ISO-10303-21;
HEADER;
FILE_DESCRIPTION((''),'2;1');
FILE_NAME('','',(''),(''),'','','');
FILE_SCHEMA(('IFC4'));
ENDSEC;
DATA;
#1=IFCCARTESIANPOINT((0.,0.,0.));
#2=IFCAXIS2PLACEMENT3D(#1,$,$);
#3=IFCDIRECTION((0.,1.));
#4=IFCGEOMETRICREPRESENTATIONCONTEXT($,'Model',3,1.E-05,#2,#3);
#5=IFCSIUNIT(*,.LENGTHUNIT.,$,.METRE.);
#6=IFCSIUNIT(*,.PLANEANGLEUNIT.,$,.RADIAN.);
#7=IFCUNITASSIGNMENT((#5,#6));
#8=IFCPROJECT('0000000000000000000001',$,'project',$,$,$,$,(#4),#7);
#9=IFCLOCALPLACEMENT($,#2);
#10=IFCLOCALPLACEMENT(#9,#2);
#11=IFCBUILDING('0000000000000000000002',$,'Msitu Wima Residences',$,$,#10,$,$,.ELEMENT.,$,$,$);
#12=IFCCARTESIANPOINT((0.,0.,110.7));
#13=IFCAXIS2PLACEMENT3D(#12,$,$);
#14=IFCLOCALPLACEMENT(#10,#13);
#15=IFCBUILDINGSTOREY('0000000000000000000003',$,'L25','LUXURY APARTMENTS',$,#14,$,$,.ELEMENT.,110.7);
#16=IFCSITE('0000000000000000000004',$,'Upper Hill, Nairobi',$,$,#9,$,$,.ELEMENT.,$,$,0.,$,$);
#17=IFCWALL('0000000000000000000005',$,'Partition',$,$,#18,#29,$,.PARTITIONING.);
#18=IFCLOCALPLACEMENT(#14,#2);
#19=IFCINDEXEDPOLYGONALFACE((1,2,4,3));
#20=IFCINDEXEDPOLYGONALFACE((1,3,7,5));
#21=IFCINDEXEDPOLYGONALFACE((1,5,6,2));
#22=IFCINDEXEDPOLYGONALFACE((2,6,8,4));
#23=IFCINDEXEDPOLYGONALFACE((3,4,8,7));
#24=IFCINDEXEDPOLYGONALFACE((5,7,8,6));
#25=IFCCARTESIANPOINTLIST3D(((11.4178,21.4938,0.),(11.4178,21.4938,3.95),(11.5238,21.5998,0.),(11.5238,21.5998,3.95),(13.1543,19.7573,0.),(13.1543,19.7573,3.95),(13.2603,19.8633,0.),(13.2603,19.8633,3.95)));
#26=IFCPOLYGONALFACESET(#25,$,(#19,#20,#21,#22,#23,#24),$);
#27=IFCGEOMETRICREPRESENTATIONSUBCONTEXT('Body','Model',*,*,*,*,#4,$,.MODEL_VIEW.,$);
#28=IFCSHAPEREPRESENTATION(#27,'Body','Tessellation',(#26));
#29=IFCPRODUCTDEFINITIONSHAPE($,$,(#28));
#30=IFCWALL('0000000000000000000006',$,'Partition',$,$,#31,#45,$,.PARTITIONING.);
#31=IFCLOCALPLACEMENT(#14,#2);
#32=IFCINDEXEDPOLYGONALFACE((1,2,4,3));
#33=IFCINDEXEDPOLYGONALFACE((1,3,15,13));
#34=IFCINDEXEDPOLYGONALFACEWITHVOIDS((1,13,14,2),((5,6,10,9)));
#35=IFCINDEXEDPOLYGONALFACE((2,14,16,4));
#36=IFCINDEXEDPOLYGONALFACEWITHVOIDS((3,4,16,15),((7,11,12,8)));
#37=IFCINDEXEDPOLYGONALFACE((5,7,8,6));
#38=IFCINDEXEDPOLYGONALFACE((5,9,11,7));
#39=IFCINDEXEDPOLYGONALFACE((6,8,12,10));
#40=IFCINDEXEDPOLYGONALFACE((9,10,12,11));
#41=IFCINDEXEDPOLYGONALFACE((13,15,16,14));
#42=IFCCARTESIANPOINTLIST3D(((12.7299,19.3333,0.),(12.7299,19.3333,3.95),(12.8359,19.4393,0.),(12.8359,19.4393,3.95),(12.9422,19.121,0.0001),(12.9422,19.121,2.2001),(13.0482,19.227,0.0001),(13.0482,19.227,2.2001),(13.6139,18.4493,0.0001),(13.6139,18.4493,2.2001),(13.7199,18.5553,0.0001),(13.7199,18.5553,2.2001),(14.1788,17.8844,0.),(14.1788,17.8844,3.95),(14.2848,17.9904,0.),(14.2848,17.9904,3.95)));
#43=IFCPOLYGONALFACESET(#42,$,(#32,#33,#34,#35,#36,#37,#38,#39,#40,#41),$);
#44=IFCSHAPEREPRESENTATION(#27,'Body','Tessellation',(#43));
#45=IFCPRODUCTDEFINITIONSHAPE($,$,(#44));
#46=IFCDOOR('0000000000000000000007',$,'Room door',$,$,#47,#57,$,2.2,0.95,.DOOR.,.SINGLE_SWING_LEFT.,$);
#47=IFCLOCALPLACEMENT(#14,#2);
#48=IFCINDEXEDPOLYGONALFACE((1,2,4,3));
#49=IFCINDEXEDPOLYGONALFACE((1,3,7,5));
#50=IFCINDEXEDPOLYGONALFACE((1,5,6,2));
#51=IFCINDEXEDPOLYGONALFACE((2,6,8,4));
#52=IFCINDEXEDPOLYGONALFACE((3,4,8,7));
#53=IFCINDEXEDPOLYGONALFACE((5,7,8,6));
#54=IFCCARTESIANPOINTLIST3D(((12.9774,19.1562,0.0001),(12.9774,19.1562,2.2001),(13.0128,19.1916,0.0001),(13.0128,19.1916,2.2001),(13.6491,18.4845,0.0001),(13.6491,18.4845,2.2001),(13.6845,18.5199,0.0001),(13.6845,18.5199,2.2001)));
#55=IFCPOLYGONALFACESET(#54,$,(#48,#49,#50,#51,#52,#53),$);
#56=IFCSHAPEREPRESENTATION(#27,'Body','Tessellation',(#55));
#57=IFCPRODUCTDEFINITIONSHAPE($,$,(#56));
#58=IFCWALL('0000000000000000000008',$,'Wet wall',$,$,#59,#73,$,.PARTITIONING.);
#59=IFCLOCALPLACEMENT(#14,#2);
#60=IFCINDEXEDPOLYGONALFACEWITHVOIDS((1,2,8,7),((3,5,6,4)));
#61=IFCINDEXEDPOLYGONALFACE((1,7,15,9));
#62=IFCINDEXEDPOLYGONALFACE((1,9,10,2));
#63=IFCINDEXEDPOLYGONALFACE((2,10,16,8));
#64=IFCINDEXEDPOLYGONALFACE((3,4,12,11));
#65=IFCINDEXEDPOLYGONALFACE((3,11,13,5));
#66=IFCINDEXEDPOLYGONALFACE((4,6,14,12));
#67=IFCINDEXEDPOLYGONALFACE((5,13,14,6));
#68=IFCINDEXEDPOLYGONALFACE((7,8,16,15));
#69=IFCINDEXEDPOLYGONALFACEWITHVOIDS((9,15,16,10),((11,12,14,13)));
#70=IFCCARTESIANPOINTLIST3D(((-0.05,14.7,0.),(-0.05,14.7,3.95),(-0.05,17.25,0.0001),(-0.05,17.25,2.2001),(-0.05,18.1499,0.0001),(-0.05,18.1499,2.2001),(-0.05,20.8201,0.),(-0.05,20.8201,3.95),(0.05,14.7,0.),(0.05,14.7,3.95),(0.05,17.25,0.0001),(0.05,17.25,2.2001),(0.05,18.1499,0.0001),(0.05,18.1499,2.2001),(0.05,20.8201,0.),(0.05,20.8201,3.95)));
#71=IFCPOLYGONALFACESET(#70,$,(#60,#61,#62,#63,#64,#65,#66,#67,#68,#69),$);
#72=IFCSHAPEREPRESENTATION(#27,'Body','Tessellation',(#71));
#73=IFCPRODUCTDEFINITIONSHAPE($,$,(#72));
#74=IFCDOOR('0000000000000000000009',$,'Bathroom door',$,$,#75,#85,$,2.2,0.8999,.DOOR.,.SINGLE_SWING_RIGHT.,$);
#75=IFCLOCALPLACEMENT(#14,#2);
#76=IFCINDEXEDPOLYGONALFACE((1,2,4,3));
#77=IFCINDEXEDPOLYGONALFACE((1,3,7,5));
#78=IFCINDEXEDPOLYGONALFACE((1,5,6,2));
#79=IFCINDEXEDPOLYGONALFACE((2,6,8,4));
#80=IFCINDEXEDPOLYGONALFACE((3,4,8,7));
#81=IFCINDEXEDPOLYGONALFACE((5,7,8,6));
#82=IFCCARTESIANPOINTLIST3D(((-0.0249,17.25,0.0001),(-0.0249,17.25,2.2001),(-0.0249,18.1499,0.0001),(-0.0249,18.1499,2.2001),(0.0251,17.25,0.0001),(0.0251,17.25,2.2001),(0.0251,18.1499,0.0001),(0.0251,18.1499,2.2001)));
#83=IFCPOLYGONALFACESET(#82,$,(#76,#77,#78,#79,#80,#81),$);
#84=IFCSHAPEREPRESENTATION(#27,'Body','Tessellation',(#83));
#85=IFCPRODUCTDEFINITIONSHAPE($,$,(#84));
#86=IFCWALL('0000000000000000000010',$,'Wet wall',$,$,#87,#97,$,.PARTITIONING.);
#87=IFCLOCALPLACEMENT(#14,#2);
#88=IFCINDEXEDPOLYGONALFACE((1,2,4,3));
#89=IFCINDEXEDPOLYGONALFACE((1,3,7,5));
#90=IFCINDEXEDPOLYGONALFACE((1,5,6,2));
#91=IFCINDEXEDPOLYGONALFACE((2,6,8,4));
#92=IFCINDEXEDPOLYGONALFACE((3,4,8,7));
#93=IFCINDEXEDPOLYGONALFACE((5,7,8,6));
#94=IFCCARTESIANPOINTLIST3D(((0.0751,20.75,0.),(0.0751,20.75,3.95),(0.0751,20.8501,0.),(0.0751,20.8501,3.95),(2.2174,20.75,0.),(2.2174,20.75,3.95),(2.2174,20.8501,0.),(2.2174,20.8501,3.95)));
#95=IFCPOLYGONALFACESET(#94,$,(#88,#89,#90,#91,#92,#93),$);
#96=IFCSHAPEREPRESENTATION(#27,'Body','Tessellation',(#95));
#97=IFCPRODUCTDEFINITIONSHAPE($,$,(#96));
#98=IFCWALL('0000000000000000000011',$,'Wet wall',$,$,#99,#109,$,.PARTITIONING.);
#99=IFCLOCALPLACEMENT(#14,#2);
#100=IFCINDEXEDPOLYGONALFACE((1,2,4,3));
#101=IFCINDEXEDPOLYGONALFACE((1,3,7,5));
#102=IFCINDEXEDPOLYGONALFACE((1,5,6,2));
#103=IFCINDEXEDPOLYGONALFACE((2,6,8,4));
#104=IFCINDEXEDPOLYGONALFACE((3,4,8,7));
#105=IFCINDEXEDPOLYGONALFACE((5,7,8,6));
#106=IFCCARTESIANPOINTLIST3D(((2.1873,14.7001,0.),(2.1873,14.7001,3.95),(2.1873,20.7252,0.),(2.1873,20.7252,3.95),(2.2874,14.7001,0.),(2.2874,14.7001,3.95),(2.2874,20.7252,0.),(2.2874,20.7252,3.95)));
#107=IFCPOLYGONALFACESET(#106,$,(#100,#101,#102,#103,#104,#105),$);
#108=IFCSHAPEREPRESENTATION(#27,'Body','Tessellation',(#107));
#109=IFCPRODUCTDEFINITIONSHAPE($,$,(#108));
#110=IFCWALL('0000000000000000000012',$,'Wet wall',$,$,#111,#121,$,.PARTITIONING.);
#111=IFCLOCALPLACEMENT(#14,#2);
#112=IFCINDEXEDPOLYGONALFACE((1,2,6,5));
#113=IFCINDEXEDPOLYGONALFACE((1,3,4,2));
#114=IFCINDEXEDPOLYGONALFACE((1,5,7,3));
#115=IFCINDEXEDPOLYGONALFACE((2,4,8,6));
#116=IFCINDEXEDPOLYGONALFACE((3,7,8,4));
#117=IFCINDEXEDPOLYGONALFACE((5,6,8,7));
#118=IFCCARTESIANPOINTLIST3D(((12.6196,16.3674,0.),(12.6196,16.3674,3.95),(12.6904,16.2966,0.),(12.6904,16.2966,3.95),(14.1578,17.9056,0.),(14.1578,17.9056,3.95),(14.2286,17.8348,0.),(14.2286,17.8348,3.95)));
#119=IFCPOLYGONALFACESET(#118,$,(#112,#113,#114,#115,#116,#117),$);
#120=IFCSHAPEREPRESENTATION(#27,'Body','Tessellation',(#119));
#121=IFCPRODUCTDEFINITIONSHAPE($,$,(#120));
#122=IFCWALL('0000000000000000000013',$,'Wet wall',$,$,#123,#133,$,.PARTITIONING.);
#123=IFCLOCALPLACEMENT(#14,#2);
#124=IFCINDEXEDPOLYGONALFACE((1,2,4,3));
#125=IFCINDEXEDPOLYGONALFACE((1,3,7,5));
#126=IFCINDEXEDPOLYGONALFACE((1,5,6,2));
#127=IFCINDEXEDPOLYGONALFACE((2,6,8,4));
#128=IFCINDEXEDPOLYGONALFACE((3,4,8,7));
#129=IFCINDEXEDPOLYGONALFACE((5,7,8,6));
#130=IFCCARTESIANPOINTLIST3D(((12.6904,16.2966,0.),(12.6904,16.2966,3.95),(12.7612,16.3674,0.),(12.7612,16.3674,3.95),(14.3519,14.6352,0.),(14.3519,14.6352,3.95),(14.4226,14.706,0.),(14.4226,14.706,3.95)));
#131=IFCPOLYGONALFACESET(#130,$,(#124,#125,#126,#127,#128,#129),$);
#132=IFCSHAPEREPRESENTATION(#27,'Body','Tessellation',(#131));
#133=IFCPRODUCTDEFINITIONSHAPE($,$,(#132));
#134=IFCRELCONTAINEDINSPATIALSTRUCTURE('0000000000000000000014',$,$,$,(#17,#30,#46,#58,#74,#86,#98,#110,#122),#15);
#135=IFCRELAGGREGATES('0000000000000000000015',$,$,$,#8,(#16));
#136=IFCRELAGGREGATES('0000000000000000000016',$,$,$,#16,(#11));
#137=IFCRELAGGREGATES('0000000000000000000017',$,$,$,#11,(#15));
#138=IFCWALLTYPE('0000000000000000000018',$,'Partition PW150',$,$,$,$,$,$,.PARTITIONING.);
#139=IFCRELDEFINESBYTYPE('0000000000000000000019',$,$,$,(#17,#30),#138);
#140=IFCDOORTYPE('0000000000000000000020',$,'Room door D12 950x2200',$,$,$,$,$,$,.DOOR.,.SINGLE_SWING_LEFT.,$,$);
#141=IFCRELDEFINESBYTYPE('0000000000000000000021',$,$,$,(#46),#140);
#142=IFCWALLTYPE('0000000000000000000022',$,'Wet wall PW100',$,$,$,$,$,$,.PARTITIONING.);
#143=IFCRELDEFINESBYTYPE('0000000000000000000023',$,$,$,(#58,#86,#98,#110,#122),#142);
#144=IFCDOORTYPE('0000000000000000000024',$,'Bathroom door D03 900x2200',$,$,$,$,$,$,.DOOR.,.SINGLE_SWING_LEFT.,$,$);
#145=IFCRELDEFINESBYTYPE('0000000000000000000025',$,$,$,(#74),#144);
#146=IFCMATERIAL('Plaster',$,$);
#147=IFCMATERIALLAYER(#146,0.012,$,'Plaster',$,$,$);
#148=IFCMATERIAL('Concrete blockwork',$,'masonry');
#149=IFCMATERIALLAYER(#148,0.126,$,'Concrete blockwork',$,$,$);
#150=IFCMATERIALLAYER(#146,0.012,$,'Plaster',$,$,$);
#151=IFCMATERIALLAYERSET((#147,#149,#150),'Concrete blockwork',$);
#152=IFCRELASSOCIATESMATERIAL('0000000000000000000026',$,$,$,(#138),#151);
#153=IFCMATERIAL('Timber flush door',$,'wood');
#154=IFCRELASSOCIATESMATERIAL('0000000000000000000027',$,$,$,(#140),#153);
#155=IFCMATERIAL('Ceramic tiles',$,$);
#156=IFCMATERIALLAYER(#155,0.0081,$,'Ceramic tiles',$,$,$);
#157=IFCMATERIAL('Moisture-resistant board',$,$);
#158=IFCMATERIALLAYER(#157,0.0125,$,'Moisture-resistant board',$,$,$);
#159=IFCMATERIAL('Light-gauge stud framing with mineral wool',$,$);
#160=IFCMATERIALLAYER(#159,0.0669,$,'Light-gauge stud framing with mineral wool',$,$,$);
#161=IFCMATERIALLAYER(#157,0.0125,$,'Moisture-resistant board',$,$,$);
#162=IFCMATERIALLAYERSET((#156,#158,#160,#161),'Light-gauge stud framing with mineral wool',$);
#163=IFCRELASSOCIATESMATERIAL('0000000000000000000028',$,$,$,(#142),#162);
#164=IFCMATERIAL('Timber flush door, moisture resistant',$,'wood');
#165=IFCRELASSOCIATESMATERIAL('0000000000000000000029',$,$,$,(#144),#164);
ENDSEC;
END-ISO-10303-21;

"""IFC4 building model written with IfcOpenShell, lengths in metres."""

from ifc_helpers import new_model, si_unit, direction, frame, frame_2d, origin, place, context, subcontext, project, spatial, rectangle, extrude, material, layer, layer_set, type_object, element, fill, save


model = new_model("IFC4")

# Units and contexts
model_context = context("Model", 3, precision=1e-05, world=origin(), true_north=direction((0.0, 1.0)))
body_context = subcontext(model_context, "Body", "Model", "MODEL_VIEW")
ifc_project = project(units=[si_unit("LENGTHUNIT", "METRE"), si_unit("PLANEANGLEUNIT", "RADIAN")], contexts=[model_context])

# Site, building, storey
site_placement = place(None, origin())
site = spatial("IfcSite", under=ifc_project, at=site_placement, Name="Upper Hill, Nairobi", CompositionType="ELEMENT", RefElevation=0.0)
building_placement = place(site_placement, origin())
building = spatial("IfcBuilding", under=site, at=building_placement, Name="Msitu Wima Residences", CompositionType="ELEMENT")
storey_placement = place(building_placement, frame((0.0, 0.0, 110.7)))
storey = spatial("IfcBuildingStorey", under=building, at=storey_placement, Name="L25", Description="LUXURY APARTMENTS", CompositionType="ELEMENT", Elevation=110.7)

# Shared definitions
ifc_material_1 = material(Name="Plaster")
ifc_layer_1 = layer(ifc_material_1, 0.012, Name="Plaster")
ifc_material_2 = material(Name="Concrete blockwork", Category="masonry")
ifc_layer_2 = layer(ifc_material_2, 0.126, Name="Concrete blockwork")
ifc_layer_3 = layer(ifc_material_1, 0.012, Name="Plaster")
ifc_layer_set_1 = layer_set([ifc_layer_1, ifc_layer_2, ifc_layer_3], Name="Concrete blockwork")
wall_type_1 = type_object("IfcWallType", Name="Partition PW150", PredefinedType="PARTITIONING", material=ifc_layer_set_1)
ifc_material_3 = material(Name="Timber flush door", Category="wood")
door_type_1 = type_object("IfcDoorType", Name="Room door D12 950x2200", OperationType="SINGLE_SWING_LEFT", PredefinedType="DOOR", material=ifc_material_3)

# Wall
wall_1_placement = place(storey_placement, frame((11.4707, 21.5469, 0.0), z_axis=(0.0, 0.0, 1.0), x_axis=(0.707107, -0.707107, 0.0)))
element("IfcWall", 1, at=wall_1_placement, inside=storey, type_object=wall_type_1, Name="Partition", PredefinedType="PARTITIONING", context=body_context, shape_type="SweptSolid", body=[
    extrude(rectangle(XDim=2.4558, YDim=0.1499, at=frame_2d((1.228, 0.0))), origin(), (0.0, 0.0, 1.0), 3.95),
])

# Walls, openings, doors
wall_2_placement = place(storey_placement, frame((12.783, 19.3862, 0.0), z_axis=(0.0, 0.0, 1.0), x_axis=(0.707107, -0.707107, 0.0)))
wall_2 = element("IfcWall", 2, at=wall_2_placement, inside=storey, type_object=wall_type_1, Name="Partition", PredefinedType="PARTITIONING", context=body_context, shape_type="SweptSolid", body=[
    extrude(rectangle(XDim=2.0491, YDim=0.1499, at=frame_2d((1.0244, 0.0))), origin(), (0.0, 0.0, 1.0), 3.95),
])
opening_1_placement = place(wall_2_placement, frame((0.3, 0.0, 0.0)))
opening_1 = element("IfcOpeningElement", 3, at=opening_1_placement, cuts=wall_2, PredefinedType="OPENING", context=body_context, shape_type="SweptSolid", body=[
    extrude(rectangle(XDim=0.95, YDim=2.2, at=frame_2d((0.4751, 1.1001))), frame((0.0, 0.085, 0.0), z_axis=(0.0, -1.0, 0.0), x_axis=(1.0, 0.0, 0.0)), (0.0, 0.0, 1.0), 0.1699),
])
door_1_placement = place(opening_1_placement, origin())
door_1 = element("IfcDoor", 4, at=door_1_placement, inside=storey, type_object=door_type_1, Name="Room door", OperationType="SINGLE_SWING_LEFT", OverallHeight=2.2, OverallWidth=0.95, PredefinedType="DOOR", context=body_context, shape_type="SweptSolid", body=[
    extrude(rectangle(XDim=0.95, YDim=2.2, at=frame_2d((0.4751, 1.1001))), frame((0.0, 0.0249, 0.0), z_axis=(0.0, -1.0, 0.0), x_axis=(1.0, 0.0, 0.0)), (0.0, 0.0, 1.0), 0.05),
])
fill(opening_1, door_1)
ifc_material_4 = material(Name="Ceramic tiles")
ifc_layer_4 = layer(ifc_material_4, 0.0081, Name="Ceramic tiles")
ifc_material_5 = material(Name="Moisture-resistant board")
ifc_layer_5 = layer(ifc_material_5, 0.0125, Name="Moisture-resistant board")
ifc_material_6 = material(Name="Light-gauge stud framing with mineral wool")
ifc_layer_6 = layer(ifc_material_6, 0.0669, Name="Light-gauge stud framing with mineral wool")
ifc_layer_7 = layer(ifc_material_5, 0.0125, Name="Moisture-resistant board")
ifc_layer_set_2 = layer_set([ifc_layer_4, ifc_layer_5, ifc_layer_6, ifc_layer_7], Name="Light-gauge stud framing with mineral wool")
wall_type_2 = type_object("IfcWallType", Name="Wet wall PW100", PredefinedType="PARTITIONING", material=ifc_layer_set_2)
wall_3_placement = place(storey_placement, frame((0.0, 14.7, 0.0), z_axis=(0.0, 0.0, 1.0), x_axis=(0.0, 1.0, 0.0)))
wall_3 = element("IfcWall", 5, at=wall_3_placement, inside=storey, type_object=wall_type_2, Name="Wet wall", PredefinedType="PARTITIONING", context=body_context, shape_type="SweptSolid", body=[
    extrude(rectangle(XDim=6.1201, YDim=0.1001, at=frame_2d((3.0601, 0.0))), origin(), (0.0, 0.0, 1.0), 3.95),
])
opening_2_placement = place(wall_3_placement, frame((2.55, 0.0, 0.0)))
opening_2 = element("IfcOpeningElement", 6, at=opening_2_placement, cuts=wall_3, PredefinedType="OPENING", context=body_context, shape_type="SweptSolid", body=[
    extrude(rectangle(XDim=0.8999, YDim=2.2, at=frame_2d((0.45, 1.1001))), frame((0.0, 0.0601, 0.0), z_axis=(0.0, -1.0, 0.0), x_axis=(1.0, 0.0, 0.0)), (0.0, 0.0, 1.0), 0.1201),
])
ifc_material_7 = material(Name="Timber flush door, moisture resistant", Category="wood")
door_type_2 = type_object("IfcDoorType", Name="Bathroom door D03 900x2200", OperationType="SINGLE_SWING_LEFT", PredefinedType="DOOR", material=ifc_material_7)
door_2_placement = place(opening_2_placement, origin())
door_2 = element("IfcDoor", 7, at=door_2_placement, inside=storey, type_object=door_type_2, Name="Bathroom door", OperationType="SINGLE_SWING_RIGHT", OverallHeight=2.2, OverallWidth=0.8999, PredefinedType="DOOR", context=body_context, shape_type="SweptSolid", body=[
    extrude(rectangle(XDim=0.8999, YDim=2.2, at=frame_2d((0.45, 1.1001))), frame((0.0, 0.0249, 0.0), z_axis=(0.0, -1.0, 0.0), x_axis=(1.0, 0.0, 0.0)), (0.0, 0.0, 1.0), 0.05),
])
fill(opening_2, door_2)

# Walls
wall_4_placement = place(storey_placement, frame((0.075, 20.8, 0.0), z_axis=(0.0, 0.0, 1.0), x_axis=(1.0, 0.0, 0.0)))
element("IfcWall", 8, at=wall_4_placement, inside=storey, type_object=wall_type_2, Name="Wet wall", PredefinedType="PARTITIONING", context=body_context, shape_type="SweptSolid", body=[
    extrude(rectangle(XDim=2.1423, YDim=0.1001, at=frame_2d((1.0713, 0.0))), origin(), (0.0, 0.0, 1.0), 3.95),
])
wall_5_placement = place(storey_placement, frame((2.2373, 14.7, 0.0), z_axis=(0.0, 0.0, 1.0), x_axis=(0.0, 1.0, 0.0)))
element("IfcWall", 9, at=wall_5_placement, inside=storey, type_object=wall_type_2, Name="Wet wall", PredefinedType="PARTITIONING", context=body_context, shape_type="SweptSolid", body=[
    extrude(rectangle(XDim=6.0251, YDim=0.1001, at=frame_2d((3.0127, 0.0))), origin(), (0.0, 0.0, 1.0), 3.95),
])
wall_6_placement = place(storey_placement, frame((12.655, 16.332, 0.0), z_axis=(0.0, 0.0, 1.0), x_axis=(0.707107, 0.707107, 0.0)))
element("IfcWall", 10, at=wall_6_placement, inside=storey, type_object=wall_type_2, Name="Wet wall", PredefinedType="PARTITIONING", context=body_context, shape_type="SweptSolid", body=[
    extrude(rectangle(XDim=2.1753, YDim=0.1001, at=frame_2d((1.0876, 0.0))), origin(), (0.0, 0.0, 1.0), 3.95),
])
wall_7_placement = place(storey_placement, frame((12.7258, 16.332, 0.0), z_axis=(0.0, 0.0, 1.0), x_axis=(0.707107, -0.707107, 0.0)))
element("IfcWall", 11, at=wall_7_placement, inside=storey, type_object=wall_type_2, Name="Wet wall", PredefinedType="PARTITIONING", context=body_context, shape_type="SweptSolid", body=[
    extrude(rectangle(XDim=2.3496, YDim=0.1001, at=frame_2d((1.1748, 0.0))), origin(), (0.0, 0.0, 1.0), 3.95),
])

save(model, "model.ifc")
